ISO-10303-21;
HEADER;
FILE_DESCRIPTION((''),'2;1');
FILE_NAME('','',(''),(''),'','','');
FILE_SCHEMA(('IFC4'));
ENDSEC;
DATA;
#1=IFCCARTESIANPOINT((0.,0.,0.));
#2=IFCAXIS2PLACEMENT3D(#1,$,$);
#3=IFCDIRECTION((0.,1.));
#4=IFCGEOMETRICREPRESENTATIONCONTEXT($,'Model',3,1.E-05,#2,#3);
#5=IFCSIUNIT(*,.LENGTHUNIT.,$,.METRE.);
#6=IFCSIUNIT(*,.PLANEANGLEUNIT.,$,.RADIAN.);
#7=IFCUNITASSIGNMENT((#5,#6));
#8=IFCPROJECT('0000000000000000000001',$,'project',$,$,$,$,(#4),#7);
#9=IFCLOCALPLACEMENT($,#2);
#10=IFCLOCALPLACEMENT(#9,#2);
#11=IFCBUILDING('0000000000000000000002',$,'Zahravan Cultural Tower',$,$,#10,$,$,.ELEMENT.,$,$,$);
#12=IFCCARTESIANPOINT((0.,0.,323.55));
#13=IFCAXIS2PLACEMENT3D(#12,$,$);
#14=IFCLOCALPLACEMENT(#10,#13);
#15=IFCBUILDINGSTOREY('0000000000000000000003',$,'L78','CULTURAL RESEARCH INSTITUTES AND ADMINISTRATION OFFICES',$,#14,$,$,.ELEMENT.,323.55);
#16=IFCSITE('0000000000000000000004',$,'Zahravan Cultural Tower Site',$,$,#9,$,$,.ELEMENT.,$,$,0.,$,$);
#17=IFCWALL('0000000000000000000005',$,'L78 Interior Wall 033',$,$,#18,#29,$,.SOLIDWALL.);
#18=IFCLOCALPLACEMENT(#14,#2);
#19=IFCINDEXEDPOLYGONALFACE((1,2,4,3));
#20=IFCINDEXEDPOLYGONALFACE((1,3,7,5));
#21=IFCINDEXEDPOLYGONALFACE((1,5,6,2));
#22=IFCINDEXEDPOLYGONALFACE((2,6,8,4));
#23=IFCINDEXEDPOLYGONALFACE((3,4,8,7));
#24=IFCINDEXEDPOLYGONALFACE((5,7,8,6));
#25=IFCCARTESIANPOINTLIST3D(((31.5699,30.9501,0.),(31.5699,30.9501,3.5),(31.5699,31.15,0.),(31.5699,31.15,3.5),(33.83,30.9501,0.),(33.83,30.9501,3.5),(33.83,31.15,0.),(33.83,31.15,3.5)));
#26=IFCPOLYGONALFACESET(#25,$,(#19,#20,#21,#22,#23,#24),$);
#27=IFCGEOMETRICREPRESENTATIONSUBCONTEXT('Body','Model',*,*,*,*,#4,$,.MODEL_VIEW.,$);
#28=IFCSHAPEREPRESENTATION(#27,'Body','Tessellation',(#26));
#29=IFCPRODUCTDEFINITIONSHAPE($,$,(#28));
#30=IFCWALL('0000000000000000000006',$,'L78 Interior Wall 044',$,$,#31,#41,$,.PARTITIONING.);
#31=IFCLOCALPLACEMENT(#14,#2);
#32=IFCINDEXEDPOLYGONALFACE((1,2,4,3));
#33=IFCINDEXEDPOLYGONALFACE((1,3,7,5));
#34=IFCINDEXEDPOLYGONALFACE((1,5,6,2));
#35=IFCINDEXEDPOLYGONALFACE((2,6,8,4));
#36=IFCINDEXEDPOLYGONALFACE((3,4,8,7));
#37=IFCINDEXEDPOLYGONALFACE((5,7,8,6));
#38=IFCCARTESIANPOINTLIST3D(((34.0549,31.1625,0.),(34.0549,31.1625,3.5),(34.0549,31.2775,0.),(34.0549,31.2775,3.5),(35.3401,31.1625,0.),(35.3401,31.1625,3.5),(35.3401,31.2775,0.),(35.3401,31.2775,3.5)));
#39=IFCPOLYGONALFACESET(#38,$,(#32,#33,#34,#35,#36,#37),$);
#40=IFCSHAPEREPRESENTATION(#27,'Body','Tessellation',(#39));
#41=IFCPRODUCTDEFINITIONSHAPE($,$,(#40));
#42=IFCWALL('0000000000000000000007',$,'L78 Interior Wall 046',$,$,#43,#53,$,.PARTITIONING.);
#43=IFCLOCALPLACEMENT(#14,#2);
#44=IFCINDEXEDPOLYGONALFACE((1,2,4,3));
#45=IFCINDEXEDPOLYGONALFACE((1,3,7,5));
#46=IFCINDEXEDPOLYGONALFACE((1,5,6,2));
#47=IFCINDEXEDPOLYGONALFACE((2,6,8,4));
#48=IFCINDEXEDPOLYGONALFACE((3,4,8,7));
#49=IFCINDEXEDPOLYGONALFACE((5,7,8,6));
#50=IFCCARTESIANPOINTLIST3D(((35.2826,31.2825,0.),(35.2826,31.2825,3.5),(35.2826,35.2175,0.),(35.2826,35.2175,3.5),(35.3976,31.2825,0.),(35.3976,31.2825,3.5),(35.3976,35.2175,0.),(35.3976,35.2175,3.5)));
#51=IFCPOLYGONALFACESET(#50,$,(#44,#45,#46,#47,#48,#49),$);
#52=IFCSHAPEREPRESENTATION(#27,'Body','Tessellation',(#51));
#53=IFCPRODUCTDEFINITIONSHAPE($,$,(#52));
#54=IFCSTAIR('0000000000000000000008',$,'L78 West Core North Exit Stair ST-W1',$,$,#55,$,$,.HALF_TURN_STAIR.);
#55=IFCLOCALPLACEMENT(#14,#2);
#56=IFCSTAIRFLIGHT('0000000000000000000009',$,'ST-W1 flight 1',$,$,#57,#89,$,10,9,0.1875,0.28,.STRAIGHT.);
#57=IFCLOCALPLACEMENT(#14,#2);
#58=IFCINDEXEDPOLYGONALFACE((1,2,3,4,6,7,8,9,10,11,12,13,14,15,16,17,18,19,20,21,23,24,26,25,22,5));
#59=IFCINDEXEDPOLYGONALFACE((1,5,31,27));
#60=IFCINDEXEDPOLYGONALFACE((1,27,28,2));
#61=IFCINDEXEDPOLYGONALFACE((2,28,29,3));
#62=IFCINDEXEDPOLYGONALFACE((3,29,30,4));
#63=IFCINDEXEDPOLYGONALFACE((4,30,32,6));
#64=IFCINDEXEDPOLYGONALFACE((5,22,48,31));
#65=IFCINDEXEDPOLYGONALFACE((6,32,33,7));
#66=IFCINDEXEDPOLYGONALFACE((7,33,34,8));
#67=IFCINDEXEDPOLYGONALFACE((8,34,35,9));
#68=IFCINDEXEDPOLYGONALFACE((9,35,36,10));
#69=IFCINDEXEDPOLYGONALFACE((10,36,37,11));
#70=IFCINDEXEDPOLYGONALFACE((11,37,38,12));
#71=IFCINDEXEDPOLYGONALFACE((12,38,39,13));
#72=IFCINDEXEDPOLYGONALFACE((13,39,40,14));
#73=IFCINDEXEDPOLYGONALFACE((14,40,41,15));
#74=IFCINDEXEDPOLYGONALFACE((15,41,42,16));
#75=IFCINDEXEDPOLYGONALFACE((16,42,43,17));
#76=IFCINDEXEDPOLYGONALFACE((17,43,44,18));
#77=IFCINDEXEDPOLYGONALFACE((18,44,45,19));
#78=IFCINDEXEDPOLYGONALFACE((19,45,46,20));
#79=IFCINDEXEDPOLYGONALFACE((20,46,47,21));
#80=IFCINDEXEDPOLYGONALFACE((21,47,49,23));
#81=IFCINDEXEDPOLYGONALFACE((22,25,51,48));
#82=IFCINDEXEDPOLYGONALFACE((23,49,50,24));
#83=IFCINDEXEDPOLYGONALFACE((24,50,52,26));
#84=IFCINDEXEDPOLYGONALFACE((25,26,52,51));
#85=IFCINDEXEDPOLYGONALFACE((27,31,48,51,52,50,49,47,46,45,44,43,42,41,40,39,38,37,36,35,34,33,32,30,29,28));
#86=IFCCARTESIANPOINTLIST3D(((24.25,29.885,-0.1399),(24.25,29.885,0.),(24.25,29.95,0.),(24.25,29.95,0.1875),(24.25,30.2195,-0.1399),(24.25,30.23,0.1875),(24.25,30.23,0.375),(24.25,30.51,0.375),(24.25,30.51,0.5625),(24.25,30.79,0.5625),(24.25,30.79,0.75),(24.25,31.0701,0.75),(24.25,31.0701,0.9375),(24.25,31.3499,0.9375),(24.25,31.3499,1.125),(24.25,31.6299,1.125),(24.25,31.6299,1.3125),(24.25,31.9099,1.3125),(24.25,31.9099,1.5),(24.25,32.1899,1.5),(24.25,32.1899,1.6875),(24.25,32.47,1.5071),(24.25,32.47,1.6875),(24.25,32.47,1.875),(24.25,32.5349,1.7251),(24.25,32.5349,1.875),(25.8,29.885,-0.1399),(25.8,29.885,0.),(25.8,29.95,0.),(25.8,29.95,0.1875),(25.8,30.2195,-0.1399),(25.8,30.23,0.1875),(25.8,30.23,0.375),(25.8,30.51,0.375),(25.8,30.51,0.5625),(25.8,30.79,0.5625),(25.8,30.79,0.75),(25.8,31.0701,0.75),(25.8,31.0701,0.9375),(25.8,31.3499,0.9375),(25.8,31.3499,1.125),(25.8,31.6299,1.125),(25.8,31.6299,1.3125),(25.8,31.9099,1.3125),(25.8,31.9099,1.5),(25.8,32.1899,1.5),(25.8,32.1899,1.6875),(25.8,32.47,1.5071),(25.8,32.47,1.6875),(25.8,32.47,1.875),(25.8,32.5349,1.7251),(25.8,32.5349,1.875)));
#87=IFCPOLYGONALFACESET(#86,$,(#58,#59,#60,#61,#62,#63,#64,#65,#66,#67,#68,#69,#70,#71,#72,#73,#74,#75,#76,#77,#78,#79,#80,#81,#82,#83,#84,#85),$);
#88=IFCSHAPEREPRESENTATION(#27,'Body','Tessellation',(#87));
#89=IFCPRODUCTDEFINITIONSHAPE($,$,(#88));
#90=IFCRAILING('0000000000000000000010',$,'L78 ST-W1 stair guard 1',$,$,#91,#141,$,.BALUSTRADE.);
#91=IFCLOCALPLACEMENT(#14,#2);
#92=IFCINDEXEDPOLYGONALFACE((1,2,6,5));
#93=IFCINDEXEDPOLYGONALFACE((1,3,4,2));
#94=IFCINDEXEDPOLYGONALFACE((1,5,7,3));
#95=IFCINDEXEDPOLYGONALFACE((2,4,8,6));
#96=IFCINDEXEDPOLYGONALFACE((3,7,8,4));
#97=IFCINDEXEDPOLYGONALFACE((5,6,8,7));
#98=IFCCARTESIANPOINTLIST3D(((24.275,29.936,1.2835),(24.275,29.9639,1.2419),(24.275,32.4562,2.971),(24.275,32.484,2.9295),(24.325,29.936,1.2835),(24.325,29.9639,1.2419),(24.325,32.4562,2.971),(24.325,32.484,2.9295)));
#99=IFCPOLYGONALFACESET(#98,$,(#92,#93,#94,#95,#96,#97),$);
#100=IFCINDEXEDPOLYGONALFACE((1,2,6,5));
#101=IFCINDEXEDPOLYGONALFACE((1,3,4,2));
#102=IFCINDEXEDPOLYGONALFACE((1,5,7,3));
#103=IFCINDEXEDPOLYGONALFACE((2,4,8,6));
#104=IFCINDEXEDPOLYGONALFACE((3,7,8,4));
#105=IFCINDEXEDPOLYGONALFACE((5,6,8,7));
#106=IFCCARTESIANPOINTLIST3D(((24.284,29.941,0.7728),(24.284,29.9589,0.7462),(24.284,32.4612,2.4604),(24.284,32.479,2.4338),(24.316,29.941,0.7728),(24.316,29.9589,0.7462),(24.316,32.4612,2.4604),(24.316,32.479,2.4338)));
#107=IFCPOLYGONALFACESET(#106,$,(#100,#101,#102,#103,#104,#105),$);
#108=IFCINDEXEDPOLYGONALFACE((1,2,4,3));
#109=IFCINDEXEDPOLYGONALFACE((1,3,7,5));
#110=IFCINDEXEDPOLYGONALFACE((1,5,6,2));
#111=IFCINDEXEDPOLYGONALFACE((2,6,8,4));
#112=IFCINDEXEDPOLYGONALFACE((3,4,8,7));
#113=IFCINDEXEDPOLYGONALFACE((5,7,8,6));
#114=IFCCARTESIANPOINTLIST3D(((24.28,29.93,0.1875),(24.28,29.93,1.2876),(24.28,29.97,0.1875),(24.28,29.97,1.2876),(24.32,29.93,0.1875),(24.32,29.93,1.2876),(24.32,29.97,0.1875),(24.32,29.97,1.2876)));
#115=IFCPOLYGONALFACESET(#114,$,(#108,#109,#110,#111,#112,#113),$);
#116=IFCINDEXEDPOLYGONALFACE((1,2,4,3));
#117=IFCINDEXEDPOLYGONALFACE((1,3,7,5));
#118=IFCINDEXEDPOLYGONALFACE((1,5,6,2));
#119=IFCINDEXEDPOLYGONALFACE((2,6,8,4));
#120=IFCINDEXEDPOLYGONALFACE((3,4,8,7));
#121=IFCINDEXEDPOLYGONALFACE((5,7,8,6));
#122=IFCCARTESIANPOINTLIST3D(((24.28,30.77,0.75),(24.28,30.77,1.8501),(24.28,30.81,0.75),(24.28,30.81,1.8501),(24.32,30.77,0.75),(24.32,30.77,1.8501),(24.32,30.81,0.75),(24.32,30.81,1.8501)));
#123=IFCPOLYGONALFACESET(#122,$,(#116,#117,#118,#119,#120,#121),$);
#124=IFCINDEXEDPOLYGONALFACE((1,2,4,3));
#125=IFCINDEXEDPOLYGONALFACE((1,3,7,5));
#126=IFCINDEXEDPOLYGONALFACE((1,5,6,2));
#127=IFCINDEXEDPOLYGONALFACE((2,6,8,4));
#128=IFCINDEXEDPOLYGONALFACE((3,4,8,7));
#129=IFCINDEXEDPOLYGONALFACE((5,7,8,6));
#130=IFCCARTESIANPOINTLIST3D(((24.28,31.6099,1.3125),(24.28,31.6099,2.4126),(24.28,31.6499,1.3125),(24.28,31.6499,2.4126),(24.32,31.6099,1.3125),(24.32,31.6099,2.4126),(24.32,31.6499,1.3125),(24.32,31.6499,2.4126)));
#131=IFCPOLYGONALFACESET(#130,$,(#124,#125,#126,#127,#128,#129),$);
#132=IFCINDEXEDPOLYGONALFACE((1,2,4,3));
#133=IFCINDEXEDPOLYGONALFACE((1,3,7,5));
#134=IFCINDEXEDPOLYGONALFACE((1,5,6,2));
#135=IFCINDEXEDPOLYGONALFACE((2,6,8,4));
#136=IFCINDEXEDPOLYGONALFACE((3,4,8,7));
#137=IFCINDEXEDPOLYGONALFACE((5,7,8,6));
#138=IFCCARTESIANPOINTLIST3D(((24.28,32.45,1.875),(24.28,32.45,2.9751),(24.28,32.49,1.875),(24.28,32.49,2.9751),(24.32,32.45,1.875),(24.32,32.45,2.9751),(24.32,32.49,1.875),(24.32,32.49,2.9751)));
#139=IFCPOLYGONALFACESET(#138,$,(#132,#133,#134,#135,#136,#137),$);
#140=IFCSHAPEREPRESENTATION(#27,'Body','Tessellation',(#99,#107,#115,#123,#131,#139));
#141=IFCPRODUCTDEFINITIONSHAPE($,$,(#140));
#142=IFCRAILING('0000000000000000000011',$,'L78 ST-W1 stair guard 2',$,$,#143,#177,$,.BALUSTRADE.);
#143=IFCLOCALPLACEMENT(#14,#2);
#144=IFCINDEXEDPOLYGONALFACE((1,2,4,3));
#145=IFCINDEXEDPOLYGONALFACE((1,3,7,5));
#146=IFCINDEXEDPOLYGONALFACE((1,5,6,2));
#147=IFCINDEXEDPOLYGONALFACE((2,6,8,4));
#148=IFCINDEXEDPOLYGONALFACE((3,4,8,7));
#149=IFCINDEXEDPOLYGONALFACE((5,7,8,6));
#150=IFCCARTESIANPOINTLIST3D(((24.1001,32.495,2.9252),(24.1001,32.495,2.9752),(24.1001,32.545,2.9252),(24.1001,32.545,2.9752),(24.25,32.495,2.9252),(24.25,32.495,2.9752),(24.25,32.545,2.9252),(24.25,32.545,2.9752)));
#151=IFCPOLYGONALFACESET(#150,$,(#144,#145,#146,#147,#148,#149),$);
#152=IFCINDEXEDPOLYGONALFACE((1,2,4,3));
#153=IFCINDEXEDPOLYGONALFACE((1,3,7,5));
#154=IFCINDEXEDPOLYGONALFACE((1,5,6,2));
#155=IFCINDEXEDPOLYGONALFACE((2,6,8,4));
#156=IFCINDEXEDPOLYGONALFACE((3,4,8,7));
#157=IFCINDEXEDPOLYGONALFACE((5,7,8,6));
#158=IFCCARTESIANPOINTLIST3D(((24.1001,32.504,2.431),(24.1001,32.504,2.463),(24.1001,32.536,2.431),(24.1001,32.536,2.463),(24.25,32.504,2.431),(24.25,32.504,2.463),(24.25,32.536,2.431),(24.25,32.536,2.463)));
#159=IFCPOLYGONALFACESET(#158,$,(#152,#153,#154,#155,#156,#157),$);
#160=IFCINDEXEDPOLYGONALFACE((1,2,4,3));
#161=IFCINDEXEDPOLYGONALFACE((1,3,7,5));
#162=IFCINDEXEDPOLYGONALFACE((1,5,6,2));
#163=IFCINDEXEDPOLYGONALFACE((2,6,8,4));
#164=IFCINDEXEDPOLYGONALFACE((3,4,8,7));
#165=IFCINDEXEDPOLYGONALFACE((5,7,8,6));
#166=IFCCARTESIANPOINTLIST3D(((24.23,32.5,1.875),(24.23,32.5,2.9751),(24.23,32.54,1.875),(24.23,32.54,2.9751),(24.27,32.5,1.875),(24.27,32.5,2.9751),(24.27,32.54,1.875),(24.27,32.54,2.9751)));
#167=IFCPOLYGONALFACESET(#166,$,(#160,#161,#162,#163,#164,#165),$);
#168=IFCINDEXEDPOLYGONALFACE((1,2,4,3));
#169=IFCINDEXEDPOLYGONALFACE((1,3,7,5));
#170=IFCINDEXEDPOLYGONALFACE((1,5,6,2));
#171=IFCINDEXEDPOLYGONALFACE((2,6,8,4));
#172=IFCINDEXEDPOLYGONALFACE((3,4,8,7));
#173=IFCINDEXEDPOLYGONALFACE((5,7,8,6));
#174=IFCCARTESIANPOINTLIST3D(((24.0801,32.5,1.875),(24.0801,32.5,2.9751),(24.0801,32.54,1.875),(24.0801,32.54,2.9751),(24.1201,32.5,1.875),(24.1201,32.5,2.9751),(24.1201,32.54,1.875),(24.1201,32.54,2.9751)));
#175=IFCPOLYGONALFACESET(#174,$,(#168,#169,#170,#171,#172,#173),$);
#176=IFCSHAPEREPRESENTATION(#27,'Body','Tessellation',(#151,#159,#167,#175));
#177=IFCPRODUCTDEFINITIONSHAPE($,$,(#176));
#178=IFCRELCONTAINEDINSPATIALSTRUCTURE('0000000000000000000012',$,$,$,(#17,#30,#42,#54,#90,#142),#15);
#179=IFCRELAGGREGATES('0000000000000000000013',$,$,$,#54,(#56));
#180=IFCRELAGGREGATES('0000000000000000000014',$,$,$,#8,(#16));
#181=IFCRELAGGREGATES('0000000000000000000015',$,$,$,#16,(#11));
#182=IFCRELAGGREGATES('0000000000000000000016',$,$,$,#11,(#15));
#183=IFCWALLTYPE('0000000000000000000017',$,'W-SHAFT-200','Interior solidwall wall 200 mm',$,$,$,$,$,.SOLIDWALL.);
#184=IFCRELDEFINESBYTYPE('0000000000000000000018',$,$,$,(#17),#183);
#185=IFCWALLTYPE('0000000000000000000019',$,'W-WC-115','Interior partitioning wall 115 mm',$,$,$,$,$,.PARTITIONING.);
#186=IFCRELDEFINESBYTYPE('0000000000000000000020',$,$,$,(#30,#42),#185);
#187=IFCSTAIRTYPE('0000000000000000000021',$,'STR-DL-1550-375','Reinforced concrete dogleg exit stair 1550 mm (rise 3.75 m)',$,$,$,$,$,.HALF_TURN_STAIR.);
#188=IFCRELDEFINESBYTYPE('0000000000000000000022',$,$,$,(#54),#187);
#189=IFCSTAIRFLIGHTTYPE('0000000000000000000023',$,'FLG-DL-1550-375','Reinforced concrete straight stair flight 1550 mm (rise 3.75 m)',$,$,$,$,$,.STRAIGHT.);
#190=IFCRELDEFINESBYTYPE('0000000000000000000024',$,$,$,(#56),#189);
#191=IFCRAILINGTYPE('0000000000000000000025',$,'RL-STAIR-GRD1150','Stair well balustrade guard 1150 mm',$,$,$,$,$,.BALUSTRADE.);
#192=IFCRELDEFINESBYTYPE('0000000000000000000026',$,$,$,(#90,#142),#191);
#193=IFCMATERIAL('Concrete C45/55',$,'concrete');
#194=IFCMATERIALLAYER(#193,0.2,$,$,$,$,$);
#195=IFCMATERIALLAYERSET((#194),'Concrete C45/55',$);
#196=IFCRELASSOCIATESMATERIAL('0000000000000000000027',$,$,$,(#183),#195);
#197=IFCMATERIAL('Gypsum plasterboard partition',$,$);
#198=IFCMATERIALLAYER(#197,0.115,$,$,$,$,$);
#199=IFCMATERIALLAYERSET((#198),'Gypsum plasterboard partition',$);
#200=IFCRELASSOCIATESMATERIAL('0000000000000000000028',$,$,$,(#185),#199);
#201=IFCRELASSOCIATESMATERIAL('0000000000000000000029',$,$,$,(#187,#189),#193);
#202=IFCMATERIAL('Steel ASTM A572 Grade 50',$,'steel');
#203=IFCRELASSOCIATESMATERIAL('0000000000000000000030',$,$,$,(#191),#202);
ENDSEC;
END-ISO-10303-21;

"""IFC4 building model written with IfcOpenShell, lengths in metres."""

from ifc_helpers import new_model, si_unit, direction, frame, frame_2d, origin, origin_2d, place, context, subcontext, project, spatial, polyline, rectangle, outline, extrude, source, transform, mapped, material, layer, layer_set, type_object, element, aggregate, save


model = new_model("IFC4")

# Units and contexts
model_context = context("Model", 3, precision=1e-05, world=origin(), true_north=direction((0.0, 1.0)))
body_context = subcontext(model_context, "Body", "Model", "MODEL_VIEW")
ifc_project = project(units=[si_unit("LENGTHUNIT", "METRE"), si_unit("PLANEANGLEUNIT", "RADIAN")], contexts=[model_context])

# Site, building, storey
site_placement = place(None, origin())
site = spatial("IfcSite", under=ifc_project, at=site_placement, Name="Zahravan Cultural Tower Site", CompositionType="ELEMENT", RefElevation=0.0)
building_placement = place(site_placement, origin())
building = spatial("IfcBuilding", under=site, at=building_placement, Name="Zahravan Cultural Tower", CompositionType="ELEMENT")
storey_placement = place(building_placement, frame((0.0, 0.0, 323.55)))
storey = spatial("IfcBuildingStorey", under=building, at=storey_placement, Name="L78", Description="CULTURAL RESEARCH INSTITUTES AND ADMINISTRATION OFFICES", CompositionType="ELEMENT", Elevation=323.55)

# Shared definitions
ifc_material_1 = material(Name="Steel ASTM A572 Grade 50", Category="steel")
ifc_material_2 = material(Name="Concrete C45/55", Category="concrete")
ifc_layer_1 = layer(ifc_material_2, 0.2)
ifc_layer_set_1 = layer_set([ifc_layer_1], Name="Concrete C45/55")
wall_type_1 = type_object("IfcWallType", Name="W-SHAFT-200", Description="Interior solidwall wall 200 mm", PredefinedType="SOLIDWALL", material=ifc_layer_set_1)

# Walls
shared_shape_1 = source(origin(), body_context, "Body", "SweptSolid", [
    extrude(rectangle(XDim=2.26, YDim=0.2, at=frame_2d((1.1299, 0.0))), origin(), (0.0, 0.0, 1.0), 3.5),
])
for number, where, z_axis, x_axis, name in (
    (1, (31.5701, 31.05, 0.0), (0.0, 0.0, 1.0), (1.0, 0.0, 0.0), "L78 Interior Wall 033"),
):
    element("IfcWall", number, at=place(storey_placement, frame(where, z_axis=z_axis, x_axis=x_axis)), inside=storey, type_object=wall_type_1, Name=name, PredefinedType="SOLIDWALL", context=body_context, shape_type="MappedRepresentation", body=[
        mapped(shared_shape_1, transform((0.0, 0.0, 0.0), x_axis=(1.0, 0.0, 0.0), y_axis=(0.0, 1.0, 0.0), z_axis=(0.0, 0.0, 1.0), scale=1.0)),
    ])
ifc_material_3 = material(Name="Gypsum plasterboard partition")
ifc_layer_2 = layer(ifc_material_3, 0.115)
ifc_layer_set_2 = layer_set([ifc_layer_2], Name="Gypsum plasterboard partition")
wall_type_2 = type_object("IfcWallType", Name="W-WC-115", Description="Interior partitioning wall 115 mm", PredefinedType="PARTITIONING", material=ifc_layer_set_2)
shared_shape_2 = source(origin(), body_context, "Body", "SweptSolid", [
    extrude(rectangle(XDim=1.2852, YDim=0.115, at=frame_2d((0.6426, 0.0))), origin(), (0.0, 0.0, 1.0), 3.5),
])
wall_1_placement = place(storey_placement, frame((35.3401, 31.22, 0.0), z_axis=(0.0, 0.0, 1.0), x_axis=(-1.0, 0.0, 0.0)))
element("IfcWall", 2, at=wall_1_placement, inside=storey, type_object=wall_type_2, Name="L78 Interior Wall 044", PredefinedType="PARTITIONING", context=body_context, shape_type="MappedRepresentation", body=[
    mapped(shared_shape_2, transform((0.0, 0.0, 0.0), x_axis=(1.0, 0.0, 0.0), y_axis=(0.0, 1.0, 0.0), z_axis=(0.0, 0.0, 1.0), scale=1.0)),
])
shared_shape_3 = source(origin(), body_context, "Body", "SweptSolid", [
    extrude(rectangle(XDim=3.9351, YDim=0.115, at=frame_2d((1.9675, 0.0))), origin(), (0.0, 0.0, 1.0), 3.5),
])
wall_2_placement = place(storey_placement, frame((35.3401, 35.2175, 0.0), z_axis=(0.0, 0.0, 1.0), x_axis=(0.0, -1.0, 0.0)))
element("IfcWall", 3, at=wall_2_placement, inside=storey, type_object=wall_type_2, Name="L78 Interior Wall 046", PredefinedType="PARTITIONING", context=body_context, shape_type="MappedRepresentation", body=[
    mapped(shared_shape_3, transform((0.0, 0.0, 0.0), x_axis=(1.0, 0.0, 0.0), y_axis=(0.0, 1.0, 0.0), z_axis=(0.0, 0.0, 1.0), scale=1.0)),
])

# Stair, stair flight
stair_type = type_object("IfcStairType", Name="STR-DL-1550-375", Description="Reinforced concrete dogleg exit stair 1550 mm (rise 3.75 m)", PredefinedType="HALF_TURN_STAIR", material=ifc_material_2)
stair_placement = place(storey_placement, origin())
stair = element("IfcStair", 4, at=stair_placement, inside=storey, type_object=stair_type, Name="L78 West Core North Exit Stair ST-W1", PredefinedType="HALF_TURN_STAIR")
stair_flight_type = type_object("IfcStairFlightType", Name="FLG-DL-1550-375", Description="Reinforced concrete straight stair flight 1550 mm (rise 3.75 m)", PredefinedType="STRAIGHT", material=ifc_material_2)
stair_flight_placement = place(storey_placement, frame((25.0249, 29.95, 0.0), z_axis=(0.0, 0.0, 1.0), x_axis=(0.0, 1.0, 0.0)))
stair_flight = element("IfcStairFlight", 5, at=stair_flight_placement, type_object=stair_flight_type, Name="ST-W1 flight 1", NumberOfRisers=10, NumberOfTreads=9, PredefinedType="STRAIGHT", RiserHeight=0.1875, TreadLength=0.28, context=body_context, shape_type="SweptSolid", body=[
    extrude(outline(polyline([(-0.0649, -0.1399), (-0.0649, 0.0), (0.0, 0.0), (0.0, 0.1875), (0.28, 0.1875), (0.28, 0.375), (0.5601, 0.375), (0.5601, 0.5625), (0.8401, 0.5625), (0.8401, 0.75), (1.1201, 0.75), (1.1201, 0.9375), (1.3999, 0.9375), (1.3999, 1.125), (1.6799, 1.125), (1.6799, 1.3125), (1.96, 1.3125), (1.96, 1.5), (2.24, 1.5), (2.24, 1.6875), (2.52, 1.6875), (2.52, 1.875), (2.585, 1.875), (2.585, 1.7251), (2.52, 1.5071), (0.2695, -0.1399), (-0.0649, -0.1399)])), frame((0.0, 0.7749, 0.0), z_axis=(0.0, -1.0, 0.0), x_axis=(1.0, 0.0, 0.0)), (0.0, 0.0, 1.0), 1.55),
])
aggregate(stair, [stair_flight])

# Railings
railing_type_1 = type_object("IfcRailingType", Name="RL-STAIR-GRD1150", Description="Stair well balustrade guard 1150 mm", PredefinedType="BALUSTRADE", material=ifc_material_1)
railing_1_placement = place(storey_placement, frame((24.3, 29.95, 0.1875)))
element("IfcRailing", 6, at=railing_1_placement, inside=storey, type_object=railing_type_1, Name="L78 ST-W1 stair guard 1", PredefinedType="BALUSTRADE", context=body_context, shape_type="SweptSolid", body=[
    extrude(rectangle(XDim=0.05, YDim=0.05, at=origin_2d()), frame((0.0, 0.0, 1.0752), z_axis=(0.0, 0.830909, 0.556408), x_axis=(-1.0, 0.0, 0.0)), (0.0, 0.0, 1.0), 3.033),
    extrude(rectangle(XDim=0.032, YDim=0.032, at=origin_2d()), frame((0.0, 0.0, 0.572), z_axis=(0.0, 0.830909, 0.556408), x_axis=(-1.0, 0.0, 0.0)), (0.0, 0.0, 1.0), 3.033),
    extrude(rectangle(XDim=0.04, YDim=0.04, at=origin_2d()), origin(), (0.0, 0.0, 1.0), 1.1001),
    extrude(rectangle(XDim=0.04, YDim=0.04, at=origin_2d()), frame((0.0, 0.8401, 0.5625)), (0.0, 0.0, 1.0), 1.1001),
    extrude(rectangle(XDim=0.04, YDim=0.04, at=origin_2d()), frame((0.0, 1.6799, 1.125)), (0.0, 0.0, 1.0), 1.1001),
    extrude(rectangle(XDim=0.04, YDim=0.04, at=origin_2d()), frame((0.0, 2.52, 1.6875)), (0.0, 0.0, 1.0), 1.1001),
])
railing_2_placement = place(storey_placement, frame((24.25, 32.52, 1.875)))
element("IfcRailing", 7, at=railing_2_placement, inside=storey, type_object=railing_type_1, Name="L78 ST-W1 stair guard 2", PredefinedType="BALUSTRADE", context=body_context, shape_type="SweptSolid", body=[
    extrude(rectangle(XDim=0.05, YDim=0.05, at=origin_2d()), frame((0.0, 0.0, 1.0752), z_axis=(-1.0, 0.0, 0.0), x_axis=(0.0, -1.0, 0.0)), (0.0, 0.0, 1.0), 0.1499),
    extrude(rectangle(XDim=0.032, YDim=0.032, at=origin_2d()), frame((0.0, 0.0, 0.572), z_axis=(-1.0, 0.0, 0.0), x_axis=(0.0, -1.0, 0.0)), (0.0, 0.0, 1.0), 0.1499),
    extrude(rectangle(XDim=0.04, YDim=0.04, at=origin_2d()), origin(), (0.0, 0.0, 1.0), 1.1001),
    extrude(rectangle(XDim=0.04, YDim=0.04, at=origin_2d()), frame((-0.1499, 0.0, 0.0)), (0.0, 0.0, 1.0), 1.1001),
])

save(model, "model.ifc")
